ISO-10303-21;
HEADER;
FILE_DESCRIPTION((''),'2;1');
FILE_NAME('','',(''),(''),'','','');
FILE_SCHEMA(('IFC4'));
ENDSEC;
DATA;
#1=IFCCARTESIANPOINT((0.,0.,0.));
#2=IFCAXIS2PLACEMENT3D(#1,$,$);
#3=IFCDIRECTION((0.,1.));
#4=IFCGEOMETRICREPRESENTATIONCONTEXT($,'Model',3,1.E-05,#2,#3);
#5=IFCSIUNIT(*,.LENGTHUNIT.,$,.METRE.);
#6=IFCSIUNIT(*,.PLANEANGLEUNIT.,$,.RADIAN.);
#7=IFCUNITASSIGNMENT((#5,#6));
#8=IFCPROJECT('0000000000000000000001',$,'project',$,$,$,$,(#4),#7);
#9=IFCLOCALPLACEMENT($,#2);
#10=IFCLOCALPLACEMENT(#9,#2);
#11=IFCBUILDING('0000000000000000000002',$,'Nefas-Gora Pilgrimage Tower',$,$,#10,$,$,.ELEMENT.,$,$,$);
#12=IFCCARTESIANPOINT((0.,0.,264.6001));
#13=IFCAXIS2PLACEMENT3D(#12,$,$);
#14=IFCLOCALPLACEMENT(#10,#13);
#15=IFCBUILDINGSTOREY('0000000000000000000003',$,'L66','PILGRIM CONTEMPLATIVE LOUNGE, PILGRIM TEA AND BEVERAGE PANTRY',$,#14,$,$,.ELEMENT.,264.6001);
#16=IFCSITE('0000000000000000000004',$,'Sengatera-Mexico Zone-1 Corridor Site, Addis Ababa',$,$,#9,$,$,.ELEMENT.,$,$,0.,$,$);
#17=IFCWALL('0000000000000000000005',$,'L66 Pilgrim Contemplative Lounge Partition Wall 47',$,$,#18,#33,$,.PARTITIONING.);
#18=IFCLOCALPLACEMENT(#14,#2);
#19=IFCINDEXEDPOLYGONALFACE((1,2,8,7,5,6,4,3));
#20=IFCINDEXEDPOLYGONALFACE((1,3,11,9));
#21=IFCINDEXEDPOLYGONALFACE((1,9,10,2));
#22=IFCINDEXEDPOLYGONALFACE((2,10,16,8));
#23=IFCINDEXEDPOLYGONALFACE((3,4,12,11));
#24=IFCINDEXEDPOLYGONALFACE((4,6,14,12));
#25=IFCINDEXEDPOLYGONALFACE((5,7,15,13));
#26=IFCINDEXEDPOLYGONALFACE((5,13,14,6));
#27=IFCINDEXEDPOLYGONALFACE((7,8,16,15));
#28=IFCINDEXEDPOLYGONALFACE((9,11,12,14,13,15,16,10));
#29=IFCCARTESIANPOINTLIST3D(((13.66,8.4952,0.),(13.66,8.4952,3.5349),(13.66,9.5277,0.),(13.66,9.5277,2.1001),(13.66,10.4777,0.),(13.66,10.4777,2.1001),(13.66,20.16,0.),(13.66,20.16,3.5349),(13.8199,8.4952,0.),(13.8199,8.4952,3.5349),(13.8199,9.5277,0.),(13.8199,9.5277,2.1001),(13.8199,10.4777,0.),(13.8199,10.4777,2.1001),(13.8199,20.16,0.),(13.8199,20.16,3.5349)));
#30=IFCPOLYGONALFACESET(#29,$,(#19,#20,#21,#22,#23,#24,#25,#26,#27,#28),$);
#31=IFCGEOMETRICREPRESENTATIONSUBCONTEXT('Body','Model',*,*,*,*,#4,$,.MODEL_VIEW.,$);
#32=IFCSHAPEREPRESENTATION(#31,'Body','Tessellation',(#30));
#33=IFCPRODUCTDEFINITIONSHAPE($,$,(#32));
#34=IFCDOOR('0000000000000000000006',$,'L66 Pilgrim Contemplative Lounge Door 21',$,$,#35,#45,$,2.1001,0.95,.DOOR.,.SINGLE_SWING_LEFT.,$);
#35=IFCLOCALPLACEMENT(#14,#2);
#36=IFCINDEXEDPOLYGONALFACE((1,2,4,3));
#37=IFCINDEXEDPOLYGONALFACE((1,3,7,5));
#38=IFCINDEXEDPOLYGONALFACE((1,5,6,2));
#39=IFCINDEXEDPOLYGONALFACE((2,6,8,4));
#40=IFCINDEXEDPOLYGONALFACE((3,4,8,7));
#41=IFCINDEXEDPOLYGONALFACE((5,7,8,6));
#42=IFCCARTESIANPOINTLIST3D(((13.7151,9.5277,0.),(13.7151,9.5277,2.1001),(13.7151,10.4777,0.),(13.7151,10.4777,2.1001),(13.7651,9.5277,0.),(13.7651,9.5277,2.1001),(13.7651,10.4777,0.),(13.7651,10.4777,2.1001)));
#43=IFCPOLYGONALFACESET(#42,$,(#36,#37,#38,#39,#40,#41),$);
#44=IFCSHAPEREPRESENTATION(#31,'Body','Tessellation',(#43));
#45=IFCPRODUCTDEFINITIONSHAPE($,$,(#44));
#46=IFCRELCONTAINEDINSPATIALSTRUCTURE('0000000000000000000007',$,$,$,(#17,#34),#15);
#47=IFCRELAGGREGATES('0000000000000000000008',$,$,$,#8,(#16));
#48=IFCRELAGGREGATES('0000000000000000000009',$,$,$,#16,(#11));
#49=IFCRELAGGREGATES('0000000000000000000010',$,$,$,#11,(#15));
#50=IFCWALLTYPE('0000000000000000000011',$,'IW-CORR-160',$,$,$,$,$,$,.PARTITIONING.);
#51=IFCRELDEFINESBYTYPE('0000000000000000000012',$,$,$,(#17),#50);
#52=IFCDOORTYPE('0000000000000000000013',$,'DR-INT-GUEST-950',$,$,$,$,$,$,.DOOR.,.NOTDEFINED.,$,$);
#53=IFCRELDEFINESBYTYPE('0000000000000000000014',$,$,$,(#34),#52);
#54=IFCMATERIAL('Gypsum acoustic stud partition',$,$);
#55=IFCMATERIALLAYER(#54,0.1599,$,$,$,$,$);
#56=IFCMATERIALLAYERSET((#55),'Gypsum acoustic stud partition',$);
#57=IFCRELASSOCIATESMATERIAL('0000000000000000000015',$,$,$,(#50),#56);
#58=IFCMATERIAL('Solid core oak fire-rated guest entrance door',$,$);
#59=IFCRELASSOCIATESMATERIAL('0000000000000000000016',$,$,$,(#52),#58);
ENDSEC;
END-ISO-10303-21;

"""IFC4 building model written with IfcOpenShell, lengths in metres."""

from ifc_helpers import new_model, si_unit, direction, frame, frame_2d, origin, place, context, subcontext, project, spatial, rectangle, extrude, source, transform, mapped, material, layer, layer_set, type_object, element, fill, save


model = new_model("IFC4")

# Units and contexts
model_context = context("Model", 3, precision=1e-05, world=origin(), true_north=direction((0.0, 1.0)))
body_context = subcontext(model_context, "Body", "Model", "MODEL_VIEW")
ifc_project = project(units=[si_unit("LENGTHUNIT", "METRE"), si_unit("PLANEANGLEUNIT", "RADIAN")], contexts=[model_context])

# Site, building, storey
site_placement = place(None, origin())
site = spatial("IfcSite", under=ifc_project, at=site_placement, Name="Sengatera-Mexico Zone-1 Corridor Site, Addis Ababa", CompositionType="ELEMENT", RefElevation=0.0)
building_placement = place(site_placement, origin())
building = spatial("IfcBuilding", under=site, at=building_placement, Name="Nefas-Gora Pilgrimage Tower", CompositionType="ELEMENT")
storey_placement = place(building_placement, frame((0.0, 0.0, 264.6001)))
storey = spatial("IfcBuildingStorey", under=building, at=storey_placement, Name="L66", Description="PILGRIM CONTEMPLATIVE LOUNGE, PILGRIM TEA AND BEVERAGE PANTRY", CompositionType="ELEMENT", Elevation=264.6001)

# Shared definitions
ifc_material_1 = material(Name="Gypsum acoustic stud partition")
ifc_layer_1 = layer(ifc_material_1, 0.1599)
ifc_layer_set_1 = layer_set([ifc_layer_1], Name="Gypsum acoustic stud partition")
wall_type_1 = type_object("IfcWallType", Name="IW-CORR-160", PredefinedType="PARTITIONING", material=ifc_layer_set_1)
ifc_material_2 = material(Name="Solid core oak fire-rated guest entrance door")
door_type = type_object("IfcDoorType", Name="DR-INT-GUEST-950", OperationType="NOTDEFINED", PredefinedType="DOOR", material=ifc_material_2)
shared_shape_1 = source(origin(), body_context, "Body", "SweptSolid", [
    extrude(rectangle(XDim=0.95, YDim=2.1001, at=frame_2d((0.4751, 1.05))), frame((0.0, 0.0249, 0.0), z_axis=(0.0, -1.0, 0.0), x_axis=(1.0, 0.0, 0.0)), (0.0, 0.0, 1.0), 0.05),
])

# Wall, opening, door
shared_shape_2 = source(origin(), body_context, "Body", "SweptSolid", [
    extrude(rectangle(XDim=11.6648, YDim=0.1599, at=frame_2d((5.8325, 0.0))), origin(), (0.0, 0.0, 1.0), 3.5349),
])
wall_1_placement = place(storey_placement, frame((13.74, 8.4951, 0.0), z_axis=(0.0, 0.0, 1.0), x_axis=(0.0, 1.0, 0.0)))
wall_1 = element("IfcWall", 1, at=wall_1_placement, inside=storey, type_object=wall_type_1, Name="L66 Pilgrim Contemplative Lounge Partition Wall 47", PredefinedType="PARTITIONING", context=body_context, shape_type="MappedRepresentation", body=[
    mapped(shared_shape_2, transform((0.0, 0.0, 0.0), x_axis=(1.0, 0.0, 0.0), y_axis=(0.0, 1.0, 0.0), z_axis=(0.0, 0.0, 1.0), scale=1.0)),
])
opening_1_placement = place(wall_1_placement, frame((1.0325, 0.0, 0.0)))
opening_1 = element("IfcOpeningElement", 2, at=opening_1_placement, cuts=wall_1, PredefinedType="OPENING", context=body_context, shape_type="SweptSolid", body=[
    extrude(rectangle(XDim=0.95, YDim=2.1001, at=frame_2d((0.4751, 1.05))), frame((0.0, 0.0898, 0.0), z_axis=(0.0, -1.0, 0.0), x_axis=(1.0, 0.0, 0.0)), (0.0, 0.0, 1.0), 0.1799),
])
door_1_placement = place(opening_1_placement, origin())
door_1 = element("IfcDoor", 3, at=door_1_placement, inside=storey, type_object=door_type, Name="L66 Pilgrim Contemplative Lounge Door 21", OperationType="SINGLE_SWING_LEFT", OverallHeight=2.1001, OverallWidth=0.95, PredefinedType="DOOR", context=body_context, shape_type="MappedRepresentation", body=[
    mapped(shared_shape_1, transform((0.0, 0.0, 0.0), x_axis=(1.0, 0.0, 0.0), y_axis=(0.0, 1.0, 0.0), z_axis=(0.0, 0.0, 1.0), scale=1.0)),
])
fill(opening_1, door_1)

save(model, "model.ifc")
